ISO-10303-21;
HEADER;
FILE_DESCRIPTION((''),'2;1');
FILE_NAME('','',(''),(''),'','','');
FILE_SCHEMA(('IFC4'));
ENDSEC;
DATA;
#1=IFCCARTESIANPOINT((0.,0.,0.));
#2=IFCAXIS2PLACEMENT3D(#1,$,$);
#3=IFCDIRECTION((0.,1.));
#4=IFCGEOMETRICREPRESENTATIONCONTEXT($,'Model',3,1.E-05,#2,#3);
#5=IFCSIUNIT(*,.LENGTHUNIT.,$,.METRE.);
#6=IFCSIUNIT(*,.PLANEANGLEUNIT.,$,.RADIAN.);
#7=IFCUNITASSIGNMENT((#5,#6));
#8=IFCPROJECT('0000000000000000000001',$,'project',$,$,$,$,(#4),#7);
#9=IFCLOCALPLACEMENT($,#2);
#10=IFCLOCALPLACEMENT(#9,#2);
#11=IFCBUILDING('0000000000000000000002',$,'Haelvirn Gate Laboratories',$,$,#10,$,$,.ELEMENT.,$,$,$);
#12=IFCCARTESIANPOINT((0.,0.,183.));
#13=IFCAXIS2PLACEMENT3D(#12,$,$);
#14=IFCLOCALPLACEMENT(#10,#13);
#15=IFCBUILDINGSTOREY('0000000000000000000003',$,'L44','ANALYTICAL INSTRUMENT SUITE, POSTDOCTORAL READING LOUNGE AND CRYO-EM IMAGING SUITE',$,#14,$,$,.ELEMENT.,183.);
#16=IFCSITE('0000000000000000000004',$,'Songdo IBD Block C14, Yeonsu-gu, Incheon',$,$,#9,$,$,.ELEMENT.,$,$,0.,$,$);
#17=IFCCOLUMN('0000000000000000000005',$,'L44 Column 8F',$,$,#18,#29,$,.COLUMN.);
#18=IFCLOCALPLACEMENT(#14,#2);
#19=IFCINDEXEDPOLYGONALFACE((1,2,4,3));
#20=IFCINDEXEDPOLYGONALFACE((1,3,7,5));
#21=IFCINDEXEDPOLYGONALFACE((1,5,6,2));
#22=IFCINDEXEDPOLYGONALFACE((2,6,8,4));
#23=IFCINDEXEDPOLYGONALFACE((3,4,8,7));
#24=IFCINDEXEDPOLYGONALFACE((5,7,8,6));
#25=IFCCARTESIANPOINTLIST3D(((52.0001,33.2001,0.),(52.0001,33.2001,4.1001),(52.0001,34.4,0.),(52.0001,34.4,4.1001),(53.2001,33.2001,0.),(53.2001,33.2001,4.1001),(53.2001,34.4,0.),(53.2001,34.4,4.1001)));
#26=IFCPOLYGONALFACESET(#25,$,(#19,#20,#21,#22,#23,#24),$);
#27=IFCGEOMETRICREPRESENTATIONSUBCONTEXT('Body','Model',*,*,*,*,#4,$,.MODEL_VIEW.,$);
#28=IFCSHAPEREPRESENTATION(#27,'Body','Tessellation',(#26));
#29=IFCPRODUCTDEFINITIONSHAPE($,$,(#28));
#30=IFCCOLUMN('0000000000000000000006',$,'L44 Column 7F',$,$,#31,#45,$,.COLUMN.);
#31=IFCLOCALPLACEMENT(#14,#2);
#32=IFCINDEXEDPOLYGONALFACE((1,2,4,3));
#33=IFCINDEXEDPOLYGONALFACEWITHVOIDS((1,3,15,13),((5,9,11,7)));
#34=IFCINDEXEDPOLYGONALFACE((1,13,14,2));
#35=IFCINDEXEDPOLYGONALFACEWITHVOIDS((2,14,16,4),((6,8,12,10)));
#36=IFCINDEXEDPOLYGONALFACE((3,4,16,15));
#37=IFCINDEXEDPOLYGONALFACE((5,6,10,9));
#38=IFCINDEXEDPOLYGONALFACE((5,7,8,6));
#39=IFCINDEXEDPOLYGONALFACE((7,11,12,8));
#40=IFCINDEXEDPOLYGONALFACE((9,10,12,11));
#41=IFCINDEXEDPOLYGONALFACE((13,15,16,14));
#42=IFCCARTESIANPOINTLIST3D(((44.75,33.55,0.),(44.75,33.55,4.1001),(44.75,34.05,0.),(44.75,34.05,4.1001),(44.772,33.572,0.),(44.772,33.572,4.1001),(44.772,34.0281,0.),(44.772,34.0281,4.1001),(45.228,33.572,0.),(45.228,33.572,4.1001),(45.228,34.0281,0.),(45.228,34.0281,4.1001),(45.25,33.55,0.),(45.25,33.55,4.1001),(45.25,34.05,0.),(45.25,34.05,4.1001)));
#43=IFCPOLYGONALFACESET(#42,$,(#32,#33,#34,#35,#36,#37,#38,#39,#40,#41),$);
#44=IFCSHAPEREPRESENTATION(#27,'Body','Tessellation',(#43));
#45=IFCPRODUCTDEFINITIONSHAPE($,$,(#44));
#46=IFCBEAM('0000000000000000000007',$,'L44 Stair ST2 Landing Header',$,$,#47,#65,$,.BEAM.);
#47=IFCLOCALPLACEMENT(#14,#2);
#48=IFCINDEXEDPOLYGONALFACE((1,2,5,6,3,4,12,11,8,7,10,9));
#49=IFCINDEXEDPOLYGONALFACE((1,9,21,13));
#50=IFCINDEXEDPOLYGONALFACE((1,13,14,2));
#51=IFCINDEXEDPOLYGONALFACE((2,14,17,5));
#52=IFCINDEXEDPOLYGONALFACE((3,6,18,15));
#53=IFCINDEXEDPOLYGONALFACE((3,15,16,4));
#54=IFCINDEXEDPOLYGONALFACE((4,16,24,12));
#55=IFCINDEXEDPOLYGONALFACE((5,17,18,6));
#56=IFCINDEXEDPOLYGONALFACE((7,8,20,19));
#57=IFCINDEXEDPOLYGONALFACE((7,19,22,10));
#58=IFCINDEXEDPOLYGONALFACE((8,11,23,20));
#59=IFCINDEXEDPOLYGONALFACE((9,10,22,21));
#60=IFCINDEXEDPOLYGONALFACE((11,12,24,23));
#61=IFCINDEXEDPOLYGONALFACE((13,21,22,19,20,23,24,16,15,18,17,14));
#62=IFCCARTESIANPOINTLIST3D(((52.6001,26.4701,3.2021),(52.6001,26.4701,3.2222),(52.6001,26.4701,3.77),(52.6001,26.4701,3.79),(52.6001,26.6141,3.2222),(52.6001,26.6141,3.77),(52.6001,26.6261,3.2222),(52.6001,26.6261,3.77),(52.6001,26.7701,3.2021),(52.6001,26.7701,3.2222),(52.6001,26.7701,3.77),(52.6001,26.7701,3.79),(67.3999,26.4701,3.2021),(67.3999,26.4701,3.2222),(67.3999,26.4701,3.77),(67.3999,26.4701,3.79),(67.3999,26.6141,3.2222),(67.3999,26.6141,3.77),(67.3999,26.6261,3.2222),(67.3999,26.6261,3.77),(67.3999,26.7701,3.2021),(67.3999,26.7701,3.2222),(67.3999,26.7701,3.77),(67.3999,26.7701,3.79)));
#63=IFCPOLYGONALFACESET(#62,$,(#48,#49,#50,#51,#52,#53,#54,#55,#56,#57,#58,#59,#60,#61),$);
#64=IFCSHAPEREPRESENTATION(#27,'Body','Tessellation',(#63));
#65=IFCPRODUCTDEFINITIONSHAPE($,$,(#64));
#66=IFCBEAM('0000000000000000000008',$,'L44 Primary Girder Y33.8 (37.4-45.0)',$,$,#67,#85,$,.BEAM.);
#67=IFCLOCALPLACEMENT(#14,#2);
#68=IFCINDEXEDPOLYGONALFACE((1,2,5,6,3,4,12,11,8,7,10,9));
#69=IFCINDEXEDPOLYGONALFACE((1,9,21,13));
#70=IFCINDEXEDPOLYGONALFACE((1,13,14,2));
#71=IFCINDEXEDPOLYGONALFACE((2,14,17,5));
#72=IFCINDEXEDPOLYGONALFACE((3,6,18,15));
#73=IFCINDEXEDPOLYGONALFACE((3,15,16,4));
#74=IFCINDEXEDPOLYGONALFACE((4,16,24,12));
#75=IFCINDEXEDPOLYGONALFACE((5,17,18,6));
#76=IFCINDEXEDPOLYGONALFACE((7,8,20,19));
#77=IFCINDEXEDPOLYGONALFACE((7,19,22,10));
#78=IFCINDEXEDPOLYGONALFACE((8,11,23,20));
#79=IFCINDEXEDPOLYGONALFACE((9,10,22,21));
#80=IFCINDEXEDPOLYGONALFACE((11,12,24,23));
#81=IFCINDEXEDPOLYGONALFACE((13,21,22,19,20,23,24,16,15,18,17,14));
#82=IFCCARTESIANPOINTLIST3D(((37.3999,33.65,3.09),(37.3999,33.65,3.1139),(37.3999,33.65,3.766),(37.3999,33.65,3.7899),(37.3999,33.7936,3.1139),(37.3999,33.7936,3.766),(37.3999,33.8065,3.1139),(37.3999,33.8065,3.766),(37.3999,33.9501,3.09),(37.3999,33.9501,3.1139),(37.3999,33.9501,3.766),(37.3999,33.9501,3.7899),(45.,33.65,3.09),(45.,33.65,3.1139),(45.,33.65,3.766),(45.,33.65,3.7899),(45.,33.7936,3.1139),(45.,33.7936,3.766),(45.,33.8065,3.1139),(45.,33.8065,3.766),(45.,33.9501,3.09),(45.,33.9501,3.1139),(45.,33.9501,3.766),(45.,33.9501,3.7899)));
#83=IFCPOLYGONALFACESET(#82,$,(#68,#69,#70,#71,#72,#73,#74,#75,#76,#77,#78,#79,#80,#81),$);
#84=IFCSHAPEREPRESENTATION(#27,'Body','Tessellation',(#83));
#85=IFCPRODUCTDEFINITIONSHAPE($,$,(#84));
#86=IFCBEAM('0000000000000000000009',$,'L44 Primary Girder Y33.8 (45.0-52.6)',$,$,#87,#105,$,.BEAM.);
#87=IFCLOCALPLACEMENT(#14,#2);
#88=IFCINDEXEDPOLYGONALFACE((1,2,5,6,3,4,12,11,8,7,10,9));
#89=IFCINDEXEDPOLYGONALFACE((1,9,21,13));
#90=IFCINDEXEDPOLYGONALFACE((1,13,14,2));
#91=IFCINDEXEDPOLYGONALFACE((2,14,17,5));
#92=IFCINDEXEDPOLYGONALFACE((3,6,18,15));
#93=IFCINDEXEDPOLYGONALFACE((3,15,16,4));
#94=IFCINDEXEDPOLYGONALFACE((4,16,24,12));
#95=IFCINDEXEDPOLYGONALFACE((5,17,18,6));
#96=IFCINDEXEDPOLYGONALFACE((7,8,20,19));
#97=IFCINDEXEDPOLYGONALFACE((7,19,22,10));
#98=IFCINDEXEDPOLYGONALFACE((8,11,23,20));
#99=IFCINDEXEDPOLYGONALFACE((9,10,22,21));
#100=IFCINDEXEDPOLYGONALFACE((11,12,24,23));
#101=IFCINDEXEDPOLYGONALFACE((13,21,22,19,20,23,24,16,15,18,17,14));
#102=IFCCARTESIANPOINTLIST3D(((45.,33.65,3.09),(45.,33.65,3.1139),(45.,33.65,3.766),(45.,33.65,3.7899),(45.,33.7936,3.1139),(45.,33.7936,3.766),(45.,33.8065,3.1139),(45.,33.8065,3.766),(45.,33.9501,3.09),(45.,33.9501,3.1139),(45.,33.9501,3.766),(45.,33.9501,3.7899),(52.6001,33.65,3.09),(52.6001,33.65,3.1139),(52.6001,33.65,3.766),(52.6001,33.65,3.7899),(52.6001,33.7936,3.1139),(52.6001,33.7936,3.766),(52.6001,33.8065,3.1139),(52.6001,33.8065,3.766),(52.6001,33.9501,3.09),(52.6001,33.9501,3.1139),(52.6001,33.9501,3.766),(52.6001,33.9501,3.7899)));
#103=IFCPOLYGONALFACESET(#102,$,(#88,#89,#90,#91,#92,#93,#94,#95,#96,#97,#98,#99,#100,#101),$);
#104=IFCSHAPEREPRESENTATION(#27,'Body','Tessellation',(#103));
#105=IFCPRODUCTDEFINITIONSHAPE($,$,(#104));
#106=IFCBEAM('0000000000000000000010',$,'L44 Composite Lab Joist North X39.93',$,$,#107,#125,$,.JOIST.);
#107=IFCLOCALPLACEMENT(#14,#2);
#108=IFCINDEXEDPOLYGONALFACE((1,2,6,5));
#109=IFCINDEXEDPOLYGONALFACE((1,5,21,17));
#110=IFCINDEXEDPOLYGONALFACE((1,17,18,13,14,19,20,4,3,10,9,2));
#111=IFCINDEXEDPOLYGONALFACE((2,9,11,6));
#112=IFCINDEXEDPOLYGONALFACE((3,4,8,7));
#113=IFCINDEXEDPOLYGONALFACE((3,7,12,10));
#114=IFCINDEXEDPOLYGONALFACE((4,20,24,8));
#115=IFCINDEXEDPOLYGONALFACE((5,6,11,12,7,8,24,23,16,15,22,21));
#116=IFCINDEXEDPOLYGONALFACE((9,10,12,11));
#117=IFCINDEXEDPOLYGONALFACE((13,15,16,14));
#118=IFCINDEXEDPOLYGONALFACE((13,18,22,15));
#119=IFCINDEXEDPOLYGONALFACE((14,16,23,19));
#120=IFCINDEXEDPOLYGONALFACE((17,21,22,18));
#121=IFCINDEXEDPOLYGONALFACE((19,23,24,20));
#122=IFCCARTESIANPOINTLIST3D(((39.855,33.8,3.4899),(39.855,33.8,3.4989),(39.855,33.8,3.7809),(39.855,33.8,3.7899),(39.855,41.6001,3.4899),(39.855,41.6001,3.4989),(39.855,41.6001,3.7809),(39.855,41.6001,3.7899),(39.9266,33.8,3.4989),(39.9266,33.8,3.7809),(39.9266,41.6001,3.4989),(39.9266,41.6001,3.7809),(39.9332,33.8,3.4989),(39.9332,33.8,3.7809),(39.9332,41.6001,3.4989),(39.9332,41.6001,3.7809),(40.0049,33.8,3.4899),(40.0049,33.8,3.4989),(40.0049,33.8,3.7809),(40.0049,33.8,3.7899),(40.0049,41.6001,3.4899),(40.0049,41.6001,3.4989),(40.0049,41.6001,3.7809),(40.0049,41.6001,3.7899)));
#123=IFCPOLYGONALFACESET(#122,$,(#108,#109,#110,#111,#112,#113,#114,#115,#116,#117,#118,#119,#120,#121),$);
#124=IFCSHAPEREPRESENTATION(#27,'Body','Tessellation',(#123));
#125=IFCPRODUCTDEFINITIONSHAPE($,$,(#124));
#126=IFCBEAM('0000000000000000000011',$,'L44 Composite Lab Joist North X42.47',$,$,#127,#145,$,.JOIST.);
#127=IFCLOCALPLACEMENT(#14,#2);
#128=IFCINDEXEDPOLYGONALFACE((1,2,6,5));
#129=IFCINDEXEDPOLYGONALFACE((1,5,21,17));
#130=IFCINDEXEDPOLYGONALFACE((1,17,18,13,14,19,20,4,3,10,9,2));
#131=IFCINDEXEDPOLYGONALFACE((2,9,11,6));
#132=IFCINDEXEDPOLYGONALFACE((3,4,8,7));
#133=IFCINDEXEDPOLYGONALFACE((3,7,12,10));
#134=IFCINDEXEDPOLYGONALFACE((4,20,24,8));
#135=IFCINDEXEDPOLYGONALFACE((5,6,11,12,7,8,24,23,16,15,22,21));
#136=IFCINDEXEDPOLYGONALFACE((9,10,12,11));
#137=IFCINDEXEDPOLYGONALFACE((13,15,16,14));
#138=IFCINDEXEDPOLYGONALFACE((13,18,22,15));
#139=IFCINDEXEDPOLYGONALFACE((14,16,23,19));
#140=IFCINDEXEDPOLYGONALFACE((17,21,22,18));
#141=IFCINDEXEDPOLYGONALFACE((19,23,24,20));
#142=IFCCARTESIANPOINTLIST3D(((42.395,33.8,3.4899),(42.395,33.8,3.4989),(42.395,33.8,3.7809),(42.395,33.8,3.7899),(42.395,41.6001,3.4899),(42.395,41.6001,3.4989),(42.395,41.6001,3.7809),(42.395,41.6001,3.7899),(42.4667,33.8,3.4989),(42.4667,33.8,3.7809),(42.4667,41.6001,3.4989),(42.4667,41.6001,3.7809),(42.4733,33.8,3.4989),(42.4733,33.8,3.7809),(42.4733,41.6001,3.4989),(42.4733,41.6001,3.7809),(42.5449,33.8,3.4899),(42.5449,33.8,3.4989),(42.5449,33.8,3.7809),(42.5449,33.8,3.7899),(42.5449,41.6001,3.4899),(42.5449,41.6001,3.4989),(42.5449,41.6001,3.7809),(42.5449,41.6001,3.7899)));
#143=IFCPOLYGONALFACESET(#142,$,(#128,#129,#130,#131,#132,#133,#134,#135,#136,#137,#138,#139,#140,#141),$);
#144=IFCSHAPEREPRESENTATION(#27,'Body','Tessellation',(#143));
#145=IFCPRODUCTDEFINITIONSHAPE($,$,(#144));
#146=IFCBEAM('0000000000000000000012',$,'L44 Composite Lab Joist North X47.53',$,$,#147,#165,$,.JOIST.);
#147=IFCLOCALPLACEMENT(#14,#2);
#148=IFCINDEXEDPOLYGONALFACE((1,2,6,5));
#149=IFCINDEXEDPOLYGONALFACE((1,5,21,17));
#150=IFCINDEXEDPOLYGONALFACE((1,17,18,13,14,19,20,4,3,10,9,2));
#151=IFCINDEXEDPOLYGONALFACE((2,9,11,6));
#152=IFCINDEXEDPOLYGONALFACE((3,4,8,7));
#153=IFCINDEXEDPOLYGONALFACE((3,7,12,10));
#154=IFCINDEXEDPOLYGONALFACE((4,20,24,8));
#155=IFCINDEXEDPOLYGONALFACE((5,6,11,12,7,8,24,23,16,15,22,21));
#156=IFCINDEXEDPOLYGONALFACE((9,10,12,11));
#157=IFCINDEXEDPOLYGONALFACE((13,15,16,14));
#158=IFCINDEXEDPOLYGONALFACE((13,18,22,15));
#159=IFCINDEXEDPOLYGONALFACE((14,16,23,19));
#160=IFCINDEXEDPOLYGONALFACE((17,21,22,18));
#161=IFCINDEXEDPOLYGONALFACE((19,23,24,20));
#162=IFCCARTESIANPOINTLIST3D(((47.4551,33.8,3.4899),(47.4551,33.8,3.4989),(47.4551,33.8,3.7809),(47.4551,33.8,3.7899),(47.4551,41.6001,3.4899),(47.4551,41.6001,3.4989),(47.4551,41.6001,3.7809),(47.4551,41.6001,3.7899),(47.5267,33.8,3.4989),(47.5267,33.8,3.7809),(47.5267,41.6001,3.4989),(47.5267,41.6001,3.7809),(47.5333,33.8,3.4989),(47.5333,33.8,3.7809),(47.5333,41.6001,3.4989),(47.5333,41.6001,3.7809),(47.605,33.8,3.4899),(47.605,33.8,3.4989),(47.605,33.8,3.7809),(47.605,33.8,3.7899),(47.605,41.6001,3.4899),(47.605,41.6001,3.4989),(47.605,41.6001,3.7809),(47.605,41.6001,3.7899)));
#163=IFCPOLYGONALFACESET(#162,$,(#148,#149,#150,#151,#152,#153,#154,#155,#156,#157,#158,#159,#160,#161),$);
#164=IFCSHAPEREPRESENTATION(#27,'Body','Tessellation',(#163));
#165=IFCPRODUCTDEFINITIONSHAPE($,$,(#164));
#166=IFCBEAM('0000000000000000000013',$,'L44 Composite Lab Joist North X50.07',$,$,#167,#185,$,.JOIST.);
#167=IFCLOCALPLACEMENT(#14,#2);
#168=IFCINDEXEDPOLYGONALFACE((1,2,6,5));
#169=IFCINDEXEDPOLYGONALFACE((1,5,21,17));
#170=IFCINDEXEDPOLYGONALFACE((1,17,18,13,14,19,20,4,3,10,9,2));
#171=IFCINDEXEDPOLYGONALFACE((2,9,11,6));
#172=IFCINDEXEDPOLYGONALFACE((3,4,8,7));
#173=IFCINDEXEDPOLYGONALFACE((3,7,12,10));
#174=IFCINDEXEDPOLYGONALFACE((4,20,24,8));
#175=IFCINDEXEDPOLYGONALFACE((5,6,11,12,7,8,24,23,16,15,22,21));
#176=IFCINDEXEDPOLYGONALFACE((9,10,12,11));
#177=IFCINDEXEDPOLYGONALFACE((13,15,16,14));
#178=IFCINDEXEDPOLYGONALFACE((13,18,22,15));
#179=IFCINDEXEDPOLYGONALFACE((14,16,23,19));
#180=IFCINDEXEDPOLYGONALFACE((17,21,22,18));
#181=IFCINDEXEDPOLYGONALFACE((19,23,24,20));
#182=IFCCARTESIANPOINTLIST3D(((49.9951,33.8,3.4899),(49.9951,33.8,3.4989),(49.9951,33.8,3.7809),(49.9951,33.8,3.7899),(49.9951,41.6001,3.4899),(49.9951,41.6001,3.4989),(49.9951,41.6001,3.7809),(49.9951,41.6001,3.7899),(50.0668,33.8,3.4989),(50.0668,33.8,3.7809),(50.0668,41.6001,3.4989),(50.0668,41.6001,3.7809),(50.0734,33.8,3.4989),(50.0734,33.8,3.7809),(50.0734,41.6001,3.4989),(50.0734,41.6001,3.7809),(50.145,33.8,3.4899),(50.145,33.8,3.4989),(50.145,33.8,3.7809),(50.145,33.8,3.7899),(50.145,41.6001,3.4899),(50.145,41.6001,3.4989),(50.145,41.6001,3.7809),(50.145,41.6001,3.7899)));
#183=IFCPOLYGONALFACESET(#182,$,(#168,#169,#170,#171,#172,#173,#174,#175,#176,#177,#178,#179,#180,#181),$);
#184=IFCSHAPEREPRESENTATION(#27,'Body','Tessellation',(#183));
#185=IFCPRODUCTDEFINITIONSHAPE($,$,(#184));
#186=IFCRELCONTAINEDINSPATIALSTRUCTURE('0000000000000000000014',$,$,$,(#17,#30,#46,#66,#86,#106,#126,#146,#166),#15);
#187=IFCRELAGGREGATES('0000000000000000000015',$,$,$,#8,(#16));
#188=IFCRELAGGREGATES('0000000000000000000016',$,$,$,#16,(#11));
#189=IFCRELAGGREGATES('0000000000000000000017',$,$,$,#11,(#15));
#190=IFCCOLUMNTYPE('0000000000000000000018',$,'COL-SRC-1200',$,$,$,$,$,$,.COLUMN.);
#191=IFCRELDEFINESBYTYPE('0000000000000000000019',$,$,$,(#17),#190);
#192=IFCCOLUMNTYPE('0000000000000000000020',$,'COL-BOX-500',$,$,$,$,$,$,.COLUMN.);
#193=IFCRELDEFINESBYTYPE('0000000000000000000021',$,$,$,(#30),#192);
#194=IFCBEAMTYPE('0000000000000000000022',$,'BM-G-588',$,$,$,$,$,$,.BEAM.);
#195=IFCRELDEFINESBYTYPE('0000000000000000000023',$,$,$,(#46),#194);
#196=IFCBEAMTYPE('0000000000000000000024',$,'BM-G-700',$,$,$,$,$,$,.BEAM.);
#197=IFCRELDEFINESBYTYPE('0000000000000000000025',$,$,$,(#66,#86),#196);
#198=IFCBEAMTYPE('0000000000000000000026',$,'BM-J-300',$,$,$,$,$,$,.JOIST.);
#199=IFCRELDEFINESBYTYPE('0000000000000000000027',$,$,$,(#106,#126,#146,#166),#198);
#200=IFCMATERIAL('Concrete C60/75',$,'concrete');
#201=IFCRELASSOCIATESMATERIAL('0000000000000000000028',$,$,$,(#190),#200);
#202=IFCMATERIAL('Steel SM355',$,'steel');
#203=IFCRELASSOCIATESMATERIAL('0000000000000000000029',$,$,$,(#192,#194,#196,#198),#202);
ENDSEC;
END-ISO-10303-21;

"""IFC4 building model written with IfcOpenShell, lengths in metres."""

from ifc_helpers import new_model, si_unit, direction, frame, origin, origin_2d, place, context, subcontext, project, spatial, rectangle, hollow_rectangle, i_section, extrude, source, transform, mapped, material, material_profile, profile_set, type_object, type_shapes, element, save


model = new_model("IFC4")

# Units and contexts
model_context = context("Model", 3, precision=1e-05, world=origin(), true_north=direction((0.0, 1.0)))
body_context = subcontext(model_context, "Body", "Model", "MODEL_VIEW")
ifc_project = project(units=[si_unit("LENGTHUNIT", "METRE"), si_unit("PLANEANGLEUNIT", "RADIAN")], contexts=[model_context])

# Site, building, storey
site_placement = place(None, origin())
site = spatial("IfcSite", under=ifc_project, at=site_placement, Name="Songdo IBD Block C14, Yeonsu-gu, Incheon", CompositionType="ELEMENT", RefElevation=0.0)
building_placement = place(site_placement, origin())
building = spatial("IfcBuilding", under=site, at=building_placement, Name="Haelvirn Gate Laboratories", CompositionType="ELEMENT")
storey_placement = place(building_placement, frame((0.0, 0.0, 183.0)))
storey = spatial("IfcBuildingStorey", under=building, at=storey_placement, Name="L44", Description="ANALYTICAL INSTRUMENT SUITE, POSTDOCTORAL READING LOUNGE AND CRYO-EM IMAGING SUITE", CompositionType="ELEMENT", Elevation=183.0)

# Columns
ifc_material_1 = material(Name="Concrete C60/75", Category="concrete")
ifc_material_profile_1 = material_profile(ifc_material_1, rectangle(XDim=1.2, YDim=1.2, at=origin_2d()), Name="SRC-1200x1200")
ifc_profile_set_1 = profile_set([ifc_material_profile_1], Name="Concrete C60/75")
column_type_1 = type_object("IfcColumnType", Name="COL-SRC-1200", PredefinedType="COLUMN", material=ifc_profile_set_1)
shared_shape_1 = source(origin(), body_context, "Body", "SweptSolid", [
    extrude(rectangle(XDim=1.2, YDim=1.2, at=origin_2d()), origin(), (0.0, 0.0, 1.0), 4.1001),
])
type_shapes(column_type_1, [shared_shape_1])
column_1_placement = place(storey_placement, frame((52.6001, 33.8, 0.0), z_axis=(0.0, 0.0, 1.0), x_axis=(1.0, 0.0, 0.0)))
element("IfcColumn", 1, at=column_1_placement, inside=storey, type_object=column_type_1, Name="L44 Column 8F", PredefinedType="COLUMN", context=body_context, shape_type="MappedRepresentation", body=[
    mapped(shared_shape_1, transform((0.0, 0.0, 0.0), scale=1.0)),
])
ifc_material_2 = material(Name="Steel SM355", Category="steel")
ifc_material_profile_2 = material_profile(ifc_material_2, hollow_rectangle(XDim=0.5, YDim=0.5, WallThickness=0.022, at=origin_2d()), Name="BOX-500x500x22")
ifc_profile_set_2 = profile_set([ifc_material_profile_2], Name="Steel SM355")
column_type_2 = type_object("IfcColumnType", Name="COL-BOX-500", PredefinedType="COLUMN", material=ifc_profile_set_2)
shared_shape_2 = source(origin(), body_context, "Body", "SweptSolid", [
    extrude(hollow_rectangle(XDim=0.5, YDim=0.5, WallThickness=0.022, at=origin_2d()), origin(), (0.0, 0.0, 1.0), 4.1001),
])
type_shapes(column_type_2, [shared_shape_2])
column_2_placement = place(storey_placement, frame((45.0, 33.8, 0.0), z_axis=(0.0, 0.0, 1.0), x_axis=(1.0, 0.0, 0.0)))
element("IfcColumn", 2, at=column_2_placement, inside=storey, type_object=column_type_2, Name="L44 Column 7F", PredefinedType="COLUMN", context=body_context, shape_type="MappedRepresentation", body=[
    mapped(shared_shape_2, transform((0.0, 0.0, 0.0), scale=1.0)),
])

# Beams
ifc_material_profile_3 = material_profile(ifc_material_2, i_section(OverallWidth=0.3, OverallDepth=0.5879, WebThickness=0.012, FlangeThickness=0.02, at=origin_2d()), Name="H-588x300x12x20")
ifc_profile_set_3 = profile_set([ifc_material_profile_3], Name="Steel SM355")
beam_type_1 = type_object("IfcBeamType", Name="BM-G-588", PredefinedType="BEAM", material=ifc_profile_set_3)
shared_shape_3 = source(origin(), body_context, "Body", "SweptSolid", [
    extrude(i_section(OverallWidth=0.3, OverallDepth=0.5879, WebThickness=0.012, FlangeThickness=0.02, at=origin_2d()), origin(), (0.0, 0.0, 1.0), 14.7998),
])
beam_1_placement = place(storey_placement, frame((52.6001, 26.6201, 3.4961), z_axis=(1.0, 0.0, 0.0), x_axis=(0.0, 1.0, 0.0)))
element("IfcBeam", 3, at=beam_1_placement, inside=storey, type_object=beam_type_1, Name="L44 Stair ST2 Landing Header", PredefinedType="BEAM", context=body_context, shape_type="MappedRepresentation", body=[
    mapped(shared_shape_3, transform((0.0, 0.0, 0.0), scale=1.0)),
])
ifc_material_profile_4 = material_profile(ifc_material_2, i_section(OverallWidth=0.3, OverallDepth=0.7, WebThickness=0.0129, FlangeThickness=0.0239, at=origin_2d()), Name="H-700x300x13x24")
ifc_profile_set_4 = profile_set([ifc_material_profile_4], Name="Steel SM355")
beam_type_2 = type_object("IfcBeamType", Name="BM-G-700", PredefinedType="BEAM", material=ifc_profile_set_4)
shared_shape_4 = source(origin(), body_context, "Body", "SweptSolid", [
    extrude(i_section(OverallWidth=0.3, OverallDepth=0.7, WebThickness=0.0129, FlangeThickness=0.0239, at=origin_2d()), origin(), (0.0, 0.0, 1.0), 7.6001),
])
type_shapes(beam_type_2, [shared_shape_4])
for number, where, z_axis, x_axis, name in (
    (4, (37.3999, 33.8, 3.4399), (1.0, 0.0, 0.0), (0.0, 1.0, 0.0), "L44 Primary Girder Y33.8 (37.4-45.0)"),
    (5, (45.0, 33.8, 3.4399), (1.0, 0.0, 0.0), (0.0, 1.0, 0.0), "L44 Primary Girder Y33.8 (45.0-52.6)"),
):
    element("IfcBeam", number, at=place(storey_placement, frame(where, z_axis=z_axis, x_axis=x_axis)), inside=storey, type_object=beam_type_2, Name=name, PredefinedType="BEAM", context=body_context, shape_type="MappedRepresentation", body=[
        mapped(shared_shape_4, transform((0.0, 0.0, 0.0), scale=1.0)),
    ])
ifc_material_profile_5 = material_profile(ifc_material_2, i_section(OverallWidth=0.1499, OverallDepth=0.3, WebThickness=0.0066, FlangeThickness=0.009, at=origin_2d()), Name="H-300x150x6.5x9")
ifc_profile_set_5 = profile_set([ifc_material_profile_5], Name="Steel SM355")
beam_type_3 = type_object("IfcBeamType", Name="BM-J-300", PredefinedType="JOIST", material=ifc_profile_set_5)
shared_shape_5 = source(origin(), body_context, "Body", "SweptSolid", [
    extrude(i_section(OverallWidth=0.1499, OverallDepth=0.3, WebThickness=0.0066, FlangeThickness=0.009, at=origin_2d()), origin(), (0.0, 0.0, 1.0), 7.8),
])
type_shapes(beam_type_3, [shared_shape_5])
for number, where, z_axis, x_axis, name in (
    (6, (39.9299, 33.8, 3.6399), (0.0, 1.0, 0.0), (-1.0, 0.0, 0.0), "L44 Composite Lab Joist North X39.93"),
    (7, (42.47, 33.8, 3.6399), (0.0, 1.0, 0.0), (-1.0, 0.0, 0.0), "L44 Composite Lab Joist North X42.47"),
    (8, (47.53, 33.8, 3.6399), (0.0, 1.0, 0.0), (-1.0, 0.0, 0.0), "L44 Composite Lab Joist North X47.53"),
    (9, (50.0701, 33.8, 3.6399), (0.0, 1.0, 0.0), (-1.0, 0.0, 0.0), "L44 Composite Lab Joist North X50.07"),
):
    element("IfcBeam", number, at=place(storey_placement, frame(where, z_axis=z_axis, x_axis=x_axis)), inside=storey, type_object=beam_type_3, Name=name, PredefinedType="JOIST", context=body_context, shape_type="MappedRepresentation", body=[
        mapped(shared_shape_5, transform((0.0, 0.0, 0.0), scale=1.0)),
    ])

save(model, "model.ifc")
